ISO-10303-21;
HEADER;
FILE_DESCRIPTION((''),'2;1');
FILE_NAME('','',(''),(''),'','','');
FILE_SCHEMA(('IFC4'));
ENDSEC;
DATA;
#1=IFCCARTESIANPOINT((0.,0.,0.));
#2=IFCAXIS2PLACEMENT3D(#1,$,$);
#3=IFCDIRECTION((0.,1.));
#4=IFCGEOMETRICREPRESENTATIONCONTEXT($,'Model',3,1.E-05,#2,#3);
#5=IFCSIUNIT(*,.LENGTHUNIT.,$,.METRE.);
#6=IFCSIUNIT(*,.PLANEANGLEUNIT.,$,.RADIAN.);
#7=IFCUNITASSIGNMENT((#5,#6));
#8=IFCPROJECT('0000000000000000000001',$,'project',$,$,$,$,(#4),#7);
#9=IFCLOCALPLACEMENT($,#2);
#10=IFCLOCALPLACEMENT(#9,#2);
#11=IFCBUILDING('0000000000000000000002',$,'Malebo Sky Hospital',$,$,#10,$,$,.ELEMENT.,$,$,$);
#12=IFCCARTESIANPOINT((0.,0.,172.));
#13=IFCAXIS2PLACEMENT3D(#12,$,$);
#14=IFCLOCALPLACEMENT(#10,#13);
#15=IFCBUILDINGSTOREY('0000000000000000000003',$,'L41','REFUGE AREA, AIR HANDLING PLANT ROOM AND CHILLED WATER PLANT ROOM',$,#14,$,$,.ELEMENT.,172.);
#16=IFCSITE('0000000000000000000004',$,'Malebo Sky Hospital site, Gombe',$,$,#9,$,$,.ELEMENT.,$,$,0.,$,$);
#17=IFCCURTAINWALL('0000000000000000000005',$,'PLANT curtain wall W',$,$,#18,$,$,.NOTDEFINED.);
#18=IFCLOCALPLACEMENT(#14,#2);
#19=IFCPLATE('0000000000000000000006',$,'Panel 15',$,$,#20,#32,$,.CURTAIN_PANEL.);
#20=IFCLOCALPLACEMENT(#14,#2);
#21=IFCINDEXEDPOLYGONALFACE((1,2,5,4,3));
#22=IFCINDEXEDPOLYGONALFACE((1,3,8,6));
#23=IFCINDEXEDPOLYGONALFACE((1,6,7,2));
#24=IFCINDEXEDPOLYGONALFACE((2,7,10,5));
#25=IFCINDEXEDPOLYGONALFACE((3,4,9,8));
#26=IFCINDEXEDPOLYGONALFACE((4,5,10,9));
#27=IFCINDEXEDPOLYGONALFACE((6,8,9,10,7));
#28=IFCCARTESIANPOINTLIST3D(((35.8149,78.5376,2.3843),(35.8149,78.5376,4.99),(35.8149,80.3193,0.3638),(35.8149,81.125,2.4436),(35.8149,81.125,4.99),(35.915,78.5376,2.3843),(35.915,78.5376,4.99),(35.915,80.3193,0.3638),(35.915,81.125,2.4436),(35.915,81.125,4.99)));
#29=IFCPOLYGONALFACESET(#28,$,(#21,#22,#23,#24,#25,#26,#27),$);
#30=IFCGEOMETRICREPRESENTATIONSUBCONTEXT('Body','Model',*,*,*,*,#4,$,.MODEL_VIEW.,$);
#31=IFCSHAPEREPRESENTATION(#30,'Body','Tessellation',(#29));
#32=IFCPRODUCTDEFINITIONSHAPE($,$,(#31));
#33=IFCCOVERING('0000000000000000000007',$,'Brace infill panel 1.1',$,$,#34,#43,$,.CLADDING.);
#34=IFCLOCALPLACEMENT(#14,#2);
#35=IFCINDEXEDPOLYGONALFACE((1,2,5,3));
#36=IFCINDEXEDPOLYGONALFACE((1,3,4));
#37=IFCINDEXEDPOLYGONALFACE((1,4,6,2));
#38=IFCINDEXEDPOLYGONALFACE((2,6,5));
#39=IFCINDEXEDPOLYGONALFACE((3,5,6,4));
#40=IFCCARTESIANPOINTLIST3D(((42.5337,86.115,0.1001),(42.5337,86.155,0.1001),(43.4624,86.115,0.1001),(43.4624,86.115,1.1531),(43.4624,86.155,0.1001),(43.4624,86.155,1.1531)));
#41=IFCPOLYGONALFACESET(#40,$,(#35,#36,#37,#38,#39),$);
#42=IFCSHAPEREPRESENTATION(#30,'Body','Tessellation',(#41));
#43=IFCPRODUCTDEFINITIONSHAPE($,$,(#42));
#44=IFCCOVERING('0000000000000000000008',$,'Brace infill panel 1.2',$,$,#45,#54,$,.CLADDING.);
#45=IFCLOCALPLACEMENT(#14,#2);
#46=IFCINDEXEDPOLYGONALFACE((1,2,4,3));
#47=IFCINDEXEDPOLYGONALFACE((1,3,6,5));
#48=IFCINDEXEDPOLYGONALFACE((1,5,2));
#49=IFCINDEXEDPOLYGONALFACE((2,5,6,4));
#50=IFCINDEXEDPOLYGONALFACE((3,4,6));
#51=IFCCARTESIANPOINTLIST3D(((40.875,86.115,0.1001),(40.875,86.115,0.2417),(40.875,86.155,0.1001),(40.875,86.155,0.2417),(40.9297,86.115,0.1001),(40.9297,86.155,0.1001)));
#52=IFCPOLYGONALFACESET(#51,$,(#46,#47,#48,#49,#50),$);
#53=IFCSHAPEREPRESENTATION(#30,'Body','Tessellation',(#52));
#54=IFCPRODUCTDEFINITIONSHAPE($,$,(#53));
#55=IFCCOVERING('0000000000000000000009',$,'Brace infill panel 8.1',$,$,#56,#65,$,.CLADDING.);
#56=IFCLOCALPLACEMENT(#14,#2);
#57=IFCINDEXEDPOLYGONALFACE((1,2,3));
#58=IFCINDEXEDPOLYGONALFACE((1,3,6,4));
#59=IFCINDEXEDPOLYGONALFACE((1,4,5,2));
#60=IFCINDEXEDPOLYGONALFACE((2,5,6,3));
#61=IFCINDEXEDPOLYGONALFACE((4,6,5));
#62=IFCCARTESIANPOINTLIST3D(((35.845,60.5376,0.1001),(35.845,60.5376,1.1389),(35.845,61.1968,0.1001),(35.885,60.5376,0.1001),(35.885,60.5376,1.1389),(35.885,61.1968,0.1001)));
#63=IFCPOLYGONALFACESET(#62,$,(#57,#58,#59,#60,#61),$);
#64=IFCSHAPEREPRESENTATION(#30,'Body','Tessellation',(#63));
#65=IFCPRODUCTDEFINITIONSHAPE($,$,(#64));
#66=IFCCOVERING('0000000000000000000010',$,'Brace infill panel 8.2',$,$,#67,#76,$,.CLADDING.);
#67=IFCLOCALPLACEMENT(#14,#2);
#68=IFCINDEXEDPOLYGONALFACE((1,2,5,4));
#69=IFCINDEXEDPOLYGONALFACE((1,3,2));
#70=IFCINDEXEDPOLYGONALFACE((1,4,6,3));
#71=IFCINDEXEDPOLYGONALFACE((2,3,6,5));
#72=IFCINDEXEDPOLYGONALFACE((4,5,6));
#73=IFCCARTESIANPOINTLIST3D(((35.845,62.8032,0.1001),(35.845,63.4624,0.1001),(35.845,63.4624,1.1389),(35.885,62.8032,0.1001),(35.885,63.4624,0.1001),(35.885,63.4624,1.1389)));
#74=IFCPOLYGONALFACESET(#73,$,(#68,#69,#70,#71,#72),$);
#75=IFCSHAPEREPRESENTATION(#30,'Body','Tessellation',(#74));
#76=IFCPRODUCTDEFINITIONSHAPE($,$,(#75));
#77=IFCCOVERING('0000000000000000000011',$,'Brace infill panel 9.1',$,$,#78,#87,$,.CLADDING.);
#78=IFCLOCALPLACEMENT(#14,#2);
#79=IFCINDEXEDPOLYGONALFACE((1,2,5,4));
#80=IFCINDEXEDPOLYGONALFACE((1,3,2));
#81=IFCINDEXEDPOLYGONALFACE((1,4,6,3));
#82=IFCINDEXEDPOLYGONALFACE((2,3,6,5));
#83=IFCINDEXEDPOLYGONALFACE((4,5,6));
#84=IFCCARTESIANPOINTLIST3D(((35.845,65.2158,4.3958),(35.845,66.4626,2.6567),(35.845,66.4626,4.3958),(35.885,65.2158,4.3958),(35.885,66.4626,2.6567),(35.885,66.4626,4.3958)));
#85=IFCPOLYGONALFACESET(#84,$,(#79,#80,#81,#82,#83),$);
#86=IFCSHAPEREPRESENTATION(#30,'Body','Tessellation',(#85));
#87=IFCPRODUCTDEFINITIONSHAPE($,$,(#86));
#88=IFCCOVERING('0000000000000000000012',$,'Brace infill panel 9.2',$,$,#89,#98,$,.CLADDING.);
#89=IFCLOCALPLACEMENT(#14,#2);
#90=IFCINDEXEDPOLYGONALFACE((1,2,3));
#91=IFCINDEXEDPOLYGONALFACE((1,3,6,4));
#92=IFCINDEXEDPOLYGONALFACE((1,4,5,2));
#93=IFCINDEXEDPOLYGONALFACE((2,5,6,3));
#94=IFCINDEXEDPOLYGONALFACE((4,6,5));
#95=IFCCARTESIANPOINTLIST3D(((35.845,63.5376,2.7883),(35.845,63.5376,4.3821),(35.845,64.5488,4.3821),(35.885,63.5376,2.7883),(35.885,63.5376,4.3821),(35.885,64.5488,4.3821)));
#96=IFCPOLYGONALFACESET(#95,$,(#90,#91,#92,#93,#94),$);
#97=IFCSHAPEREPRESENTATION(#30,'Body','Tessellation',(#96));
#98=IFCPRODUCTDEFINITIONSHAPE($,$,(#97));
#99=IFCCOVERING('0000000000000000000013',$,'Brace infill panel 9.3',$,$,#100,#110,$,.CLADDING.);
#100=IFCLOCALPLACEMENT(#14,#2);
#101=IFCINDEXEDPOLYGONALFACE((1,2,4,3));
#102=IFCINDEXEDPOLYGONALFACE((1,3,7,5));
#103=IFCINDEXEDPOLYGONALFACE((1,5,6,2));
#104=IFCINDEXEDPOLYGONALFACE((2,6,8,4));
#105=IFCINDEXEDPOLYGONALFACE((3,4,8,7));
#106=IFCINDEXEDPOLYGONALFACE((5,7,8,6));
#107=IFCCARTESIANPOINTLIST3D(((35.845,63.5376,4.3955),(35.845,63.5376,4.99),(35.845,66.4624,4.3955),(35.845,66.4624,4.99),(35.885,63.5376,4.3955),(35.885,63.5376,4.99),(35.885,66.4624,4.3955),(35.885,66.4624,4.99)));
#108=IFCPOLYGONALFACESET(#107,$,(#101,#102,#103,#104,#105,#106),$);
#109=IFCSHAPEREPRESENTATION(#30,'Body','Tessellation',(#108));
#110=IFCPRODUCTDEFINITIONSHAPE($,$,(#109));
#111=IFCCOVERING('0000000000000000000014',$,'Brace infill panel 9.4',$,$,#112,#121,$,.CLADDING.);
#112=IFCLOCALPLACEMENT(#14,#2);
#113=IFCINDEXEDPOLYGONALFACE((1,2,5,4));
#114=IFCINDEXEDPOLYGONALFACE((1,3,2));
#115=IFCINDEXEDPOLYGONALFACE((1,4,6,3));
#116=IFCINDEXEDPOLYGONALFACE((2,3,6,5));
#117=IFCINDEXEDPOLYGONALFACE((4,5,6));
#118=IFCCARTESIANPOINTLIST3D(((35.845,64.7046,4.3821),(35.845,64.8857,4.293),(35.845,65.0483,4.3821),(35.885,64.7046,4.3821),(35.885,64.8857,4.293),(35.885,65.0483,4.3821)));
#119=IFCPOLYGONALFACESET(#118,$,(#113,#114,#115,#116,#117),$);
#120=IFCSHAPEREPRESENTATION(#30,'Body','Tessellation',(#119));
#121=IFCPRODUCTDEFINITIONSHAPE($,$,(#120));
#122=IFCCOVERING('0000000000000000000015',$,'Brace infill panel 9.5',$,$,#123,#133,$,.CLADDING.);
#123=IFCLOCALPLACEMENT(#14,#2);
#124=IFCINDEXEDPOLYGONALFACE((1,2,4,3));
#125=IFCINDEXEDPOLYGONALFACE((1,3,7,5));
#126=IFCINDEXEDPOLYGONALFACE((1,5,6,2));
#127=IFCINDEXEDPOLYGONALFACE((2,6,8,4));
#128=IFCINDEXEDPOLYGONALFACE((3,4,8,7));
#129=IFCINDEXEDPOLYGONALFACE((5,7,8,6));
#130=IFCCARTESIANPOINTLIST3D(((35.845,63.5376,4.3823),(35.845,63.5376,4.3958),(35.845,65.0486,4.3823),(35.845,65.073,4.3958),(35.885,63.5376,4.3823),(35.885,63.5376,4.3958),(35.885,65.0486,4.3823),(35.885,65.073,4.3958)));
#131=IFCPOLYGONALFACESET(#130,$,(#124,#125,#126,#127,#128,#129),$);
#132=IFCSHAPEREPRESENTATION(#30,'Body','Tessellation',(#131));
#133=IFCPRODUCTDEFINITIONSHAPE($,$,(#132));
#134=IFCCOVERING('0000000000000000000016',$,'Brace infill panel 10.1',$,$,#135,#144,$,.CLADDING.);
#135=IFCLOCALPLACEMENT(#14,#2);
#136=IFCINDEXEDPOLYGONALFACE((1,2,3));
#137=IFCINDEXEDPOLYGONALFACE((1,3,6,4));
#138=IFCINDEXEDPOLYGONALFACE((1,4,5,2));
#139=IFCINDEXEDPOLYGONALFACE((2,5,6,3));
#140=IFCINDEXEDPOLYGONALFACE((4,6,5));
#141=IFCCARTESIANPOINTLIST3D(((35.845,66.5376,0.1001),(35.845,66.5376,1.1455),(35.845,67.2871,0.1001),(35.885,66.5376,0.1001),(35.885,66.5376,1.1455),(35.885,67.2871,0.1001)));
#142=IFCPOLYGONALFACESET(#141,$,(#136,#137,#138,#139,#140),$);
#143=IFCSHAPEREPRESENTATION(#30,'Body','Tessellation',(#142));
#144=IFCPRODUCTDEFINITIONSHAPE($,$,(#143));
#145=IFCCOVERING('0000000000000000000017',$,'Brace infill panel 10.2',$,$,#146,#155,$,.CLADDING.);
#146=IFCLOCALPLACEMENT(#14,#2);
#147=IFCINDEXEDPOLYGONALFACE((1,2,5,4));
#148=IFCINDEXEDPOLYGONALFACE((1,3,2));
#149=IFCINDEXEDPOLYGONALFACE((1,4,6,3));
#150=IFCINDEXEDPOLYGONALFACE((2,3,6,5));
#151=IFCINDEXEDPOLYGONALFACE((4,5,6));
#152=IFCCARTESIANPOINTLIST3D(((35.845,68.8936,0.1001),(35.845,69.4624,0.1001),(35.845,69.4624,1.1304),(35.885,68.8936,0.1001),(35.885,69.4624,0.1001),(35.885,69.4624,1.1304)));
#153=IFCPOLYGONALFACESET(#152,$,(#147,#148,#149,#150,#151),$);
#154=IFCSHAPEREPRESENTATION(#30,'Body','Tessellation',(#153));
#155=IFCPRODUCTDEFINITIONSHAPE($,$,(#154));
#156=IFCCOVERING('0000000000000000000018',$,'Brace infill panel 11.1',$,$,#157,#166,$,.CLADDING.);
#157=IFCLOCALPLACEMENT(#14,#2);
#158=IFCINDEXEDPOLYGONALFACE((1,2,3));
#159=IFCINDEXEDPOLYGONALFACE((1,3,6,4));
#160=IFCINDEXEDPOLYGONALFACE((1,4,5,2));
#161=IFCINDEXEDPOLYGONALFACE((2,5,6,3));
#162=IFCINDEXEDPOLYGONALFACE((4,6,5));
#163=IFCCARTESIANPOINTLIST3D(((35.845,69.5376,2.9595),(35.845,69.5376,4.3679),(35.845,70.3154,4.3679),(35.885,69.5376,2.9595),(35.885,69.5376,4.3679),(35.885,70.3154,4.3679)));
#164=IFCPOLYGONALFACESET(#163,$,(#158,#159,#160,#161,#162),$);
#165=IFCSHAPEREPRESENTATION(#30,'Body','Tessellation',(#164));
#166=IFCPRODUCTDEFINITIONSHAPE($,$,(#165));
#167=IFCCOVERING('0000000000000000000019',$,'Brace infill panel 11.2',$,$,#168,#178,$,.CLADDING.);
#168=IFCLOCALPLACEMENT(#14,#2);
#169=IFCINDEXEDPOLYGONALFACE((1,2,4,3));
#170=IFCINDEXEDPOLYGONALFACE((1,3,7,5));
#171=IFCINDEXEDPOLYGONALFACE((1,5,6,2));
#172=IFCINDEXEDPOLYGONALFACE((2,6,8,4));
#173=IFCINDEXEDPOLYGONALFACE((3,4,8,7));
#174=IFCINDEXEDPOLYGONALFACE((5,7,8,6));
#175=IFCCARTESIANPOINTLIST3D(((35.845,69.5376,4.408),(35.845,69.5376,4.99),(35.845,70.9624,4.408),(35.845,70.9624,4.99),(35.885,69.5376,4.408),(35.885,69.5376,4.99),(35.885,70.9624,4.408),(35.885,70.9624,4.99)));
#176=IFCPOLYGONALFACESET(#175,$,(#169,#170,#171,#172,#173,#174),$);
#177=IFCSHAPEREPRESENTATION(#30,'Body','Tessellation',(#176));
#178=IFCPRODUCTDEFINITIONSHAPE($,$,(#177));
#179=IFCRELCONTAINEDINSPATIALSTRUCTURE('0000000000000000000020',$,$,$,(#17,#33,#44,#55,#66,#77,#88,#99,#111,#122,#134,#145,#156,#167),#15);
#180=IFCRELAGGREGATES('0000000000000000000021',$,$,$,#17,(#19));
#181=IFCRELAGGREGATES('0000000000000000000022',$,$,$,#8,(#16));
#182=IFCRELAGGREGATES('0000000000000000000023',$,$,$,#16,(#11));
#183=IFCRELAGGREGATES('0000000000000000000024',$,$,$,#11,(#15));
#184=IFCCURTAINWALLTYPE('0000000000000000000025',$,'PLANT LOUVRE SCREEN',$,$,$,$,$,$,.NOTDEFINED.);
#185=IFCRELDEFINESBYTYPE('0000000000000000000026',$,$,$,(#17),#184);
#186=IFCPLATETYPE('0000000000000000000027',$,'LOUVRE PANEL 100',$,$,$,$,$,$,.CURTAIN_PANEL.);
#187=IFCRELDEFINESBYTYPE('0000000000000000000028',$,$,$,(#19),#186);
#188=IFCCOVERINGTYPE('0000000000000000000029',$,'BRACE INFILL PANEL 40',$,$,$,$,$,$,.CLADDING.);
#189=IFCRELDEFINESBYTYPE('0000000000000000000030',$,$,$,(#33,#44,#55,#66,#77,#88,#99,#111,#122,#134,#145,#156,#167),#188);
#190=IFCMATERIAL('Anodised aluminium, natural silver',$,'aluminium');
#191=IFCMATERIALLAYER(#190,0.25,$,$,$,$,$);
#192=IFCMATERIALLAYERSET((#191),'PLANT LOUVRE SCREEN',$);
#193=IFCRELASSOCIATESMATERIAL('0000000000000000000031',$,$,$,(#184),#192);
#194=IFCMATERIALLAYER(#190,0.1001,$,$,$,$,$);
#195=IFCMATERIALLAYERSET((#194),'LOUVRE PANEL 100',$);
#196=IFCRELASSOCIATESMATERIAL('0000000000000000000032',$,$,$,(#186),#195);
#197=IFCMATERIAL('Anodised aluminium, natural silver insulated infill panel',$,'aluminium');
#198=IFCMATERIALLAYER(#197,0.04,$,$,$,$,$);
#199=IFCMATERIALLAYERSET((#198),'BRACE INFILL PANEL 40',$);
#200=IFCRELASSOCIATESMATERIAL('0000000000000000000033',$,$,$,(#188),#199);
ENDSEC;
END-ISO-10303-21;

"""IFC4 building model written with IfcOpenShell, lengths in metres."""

from ifc_helpers import new_model, si_unit, direction, frame, origin, place, context, subcontext, project, spatial, polyline, outline, extrude, material, layer, layer_set, type_object, element, aggregate, save


model = new_model("IFC4")

# Units and contexts
model_context = context("Model", 3, precision=1e-05, world=origin(), true_north=direction((0.0, 1.0)))
body_context = subcontext(model_context, "Body", "Model", "MODEL_VIEW")
ifc_project = project(units=[si_unit("LENGTHUNIT", "METRE"), si_unit("PLANEANGLEUNIT", "RADIAN")], contexts=[model_context])

# Site, building, storey
site_placement = place(None, origin())
site = spatial("IfcSite", under=ifc_project, at=site_placement, Name="Malebo Sky Hospital site, Gombe", CompositionType="ELEMENT", RefElevation=0.0)
building_placement = place(site_placement, origin())
building = spatial("IfcBuilding", under=site, at=building_placement, Name="Malebo Sky Hospital", CompositionType="ELEMENT")
storey_placement = place(building_placement, frame((0.0, 0.0, 172.0)))
storey = spatial("IfcBuildingStorey", under=building, at=storey_placement, Name="L41", Description="REFUGE AREA, AIR HANDLING PLANT ROOM AND CHILLED WATER PLANT ROOM", CompositionType="ELEMENT", Elevation=172.0)

# Shared definitions
ifc_material_1 = material(Name="Anodised aluminium, natural silver", Category="aluminium")
ifc_layer_1 = layer(ifc_material_1, 0.25)
ifc_layer_set_1 = layer_set([ifc_layer_1], Name="PLANT LOUVRE SCREEN")
curtain_wall_type = type_object("IfcCurtainWallType", Name="PLANT LOUVRE SCREEN", PredefinedType="NOTDEFINED", material=ifc_layer_set_1)
ifc_layer_2 = layer(ifc_material_1, 0.1001)
ifc_layer_set_2 = layer_set([ifc_layer_2], Name="LOUVRE PANEL 100")
plate_type = type_object("IfcPlateType", Name="LOUVRE PANEL 100", PredefinedType="CURTAIN_PANEL", material=ifc_layer_set_2)

# Curtain wall, plate
curtain_wall_1_placement = place(storey_placement, origin())
curtain_wall_1 = element("IfcCurtainWall", 1, at=curtain_wall_1_placement, inside=storey, type_object=curtain_wall_type, Name="PLANT curtain wall W", PredefinedType="NOTDEFINED")
plate_1_placement = place(storey_placement, frame((35.865, 79.8313, 0.3638), z_axis=(0.0, 0.0, 1.0), x_axis=(0.0, 1.0, 0.0)))
plate_1 = element("IfcPlate", 2, at=plate_1_placement, type_object=plate_type, Name="Panel 15", PredefinedType="CURTAIN_PANEL", context=body_context, shape_type="SweptSolid", body=[
    extrude(outline(polyline([(0.488, 0.0), (1.2937, 2.0798), (1.2937, 4.6262), (-1.2937, 4.6262), (-1.2937, 2.0205), (0.488, 0.0)])), frame((0.0, 0.05, 0.0), z_axis=(0.0, -1.0, 0.0), x_axis=(1.0, 0.0, 0.0)), (0.0, 0.0, 1.0), 0.1001),
])
aggregate(curtain_wall_1, [plate_1])

# Coverings
ifc_material_2 = material(Name="Anodised aluminium, natural silver insulated infill panel", Category="aluminium")
ifc_layer_3 = layer(ifc_material_2, 0.04)
ifc_layer_set_3 = layer_set([ifc_layer_3], Name="BRACE INFILL PANEL 40")
covering_type = type_object("IfcCoveringType", Name="BRACE INFILL PANEL 40", PredefinedType="CLADDING", material=ifc_layer_set_3)
covering_1_placement = place(storey_placement, frame((42.998, 86.135, 0.1001), z_axis=(0.0, 0.0, 1.0), x_axis=(1.0, 0.0, 0.0)))
element("IfcCovering", 3, at=covering_1_placement, inside=storey, type_object=covering_type, Name="Brace infill panel 1.1", PredefinedType="CLADDING", context=body_context, shape_type="SweptSolid", body=[
    extrude(outline(polyline([(-0.4644, 0.0), (0.4644, 0.0), (0.4644, 1.053), (-0.4644, 0.0)])), frame((0.0, 0.02, 0.0), z_axis=(0.0, -1.0, 0.0), x_axis=(1.0, 0.0, 0.0)), (0.0, 0.0, 1.0), 0.04),
])
covering_2_placement = place(storey_placement, frame((40.9023, 86.135, 0.1001), z_axis=(0.0, 0.0, 1.0), x_axis=(1.0, 0.0, 0.0)))
element("IfcCovering", 4, at=covering_2_placement, inside=storey, type_object=covering_type, Name="Brace infill panel 1.2", PredefinedType="CLADDING", context=body_context, shape_type="SweptSolid", body=[
    extrude(outline(polyline([(-0.0273, 0.0), (0.0273, 0.0), (-0.0273, 0.1416), (-0.0273, 0.0)])), frame((0.0, 0.02, 0.0), z_axis=(0.0, -1.0, 0.0), x_axis=(1.0, 0.0, 0.0)), (0.0, 0.0, 1.0), 0.04),
])
covering_3_placement = place(storey_placement, frame((35.865, 60.8672, 0.1001), z_axis=(0.0, 0.0, 1.0), x_axis=(0.0, 1.0, 0.0)))
element("IfcCovering", 5, at=covering_3_placement, inside=storey, type_object=covering_type, Name="Brace infill panel 8.1", PredefinedType="CLADDING", context=body_context, shape_type="SweptSolid", body=[
    extrude(outline(polyline([(-0.3296, 0.0), (0.3296, 0.0), (-0.3296, 1.0388), (-0.3296, 0.0)])), frame((0.0, 0.02, 0.0), z_axis=(0.0, -1.0, 0.0), x_axis=(1.0, 0.0, 0.0)), (0.0, 0.0, 1.0), 0.04),
])
covering_4_placement = place(storey_placement, frame((35.865, 63.1328, 0.1001), z_axis=(0.0, 0.0, 1.0), x_axis=(0.0, 1.0, 0.0)))
element("IfcCovering", 6, at=covering_4_placement, inside=storey, type_object=covering_type, Name="Brace infill panel 8.2", PredefinedType="CLADDING", context=body_context, shape_type="SweptSolid", body=[
    extrude(outline(polyline([(-0.3296, 0.0), (0.3296, 0.0), (0.3296, 1.0388), (-0.3296, 0.0)])), frame((0.0, 0.02, 0.0), z_axis=(0.0, -1.0, 0.0), x_axis=(1.0, 0.0, 0.0)), (0.0, 0.0, 1.0), 0.04),
])
covering_5_placement = place(storey_placement, frame((35.865, 65.8391, 2.6567), z_axis=(0.0, 0.0, 1.0), x_axis=(0.0, 1.0, 0.0)))
element("IfcCovering", 7, at=covering_5_placement, inside=storey, type_object=covering_type, Name="Brace infill panel 9.1", PredefinedType="CLADDING", context=body_context, shape_type="SweptSolid", body=[
    extrude(outline(polyline([(0.6235, 0.0), (0.6235, 1.739), (-0.6233, 1.739), (0.6235, 0.0)])), frame((0.0, 0.02, 0.0), z_axis=(0.0, -1.0, 0.0), x_axis=(1.0, 0.0, 0.0)), (0.0, 0.0, 1.0), 0.04),
])
covering_6_placement = place(storey_placement, frame((35.865, 64.0432, 2.7883), z_axis=(0.0, 0.0, 1.0), x_axis=(0.0, 1.0, 0.0)))
element("IfcCovering", 8, at=covering_6_placement, inside=storey, type_object=covering_type, Name="Brace infill panel 9.2", PredefinedType="CLADDING", context=body_context, shape_type="SweptSolid", body=[
    extrude(outline(polyline([(-0.5056, 0.0), (0.5056, 1.5938), (-0.5056, 1.5938), (-0.5056, 0.0)])), frame((0.0, 0.02, 0.0), z_axis=(0.0, -1.0, 0.0), x_axis=(1.0, 0.0, 0.0)), (0.0, 0.0, 1.0), 0.04),
])
covering_7_placement = place(storey_placement, frame((35.865, 65.0, 4.3955), z_axis=(0.0, 0.0, 1.0), x_axis=(0.0, 1.0, 0.0)))
element("IfcCovering", 9, at=covering_7_placement, inside=storey, type_object=covering_type, Name="Brace infill panel 9.3", PredefinedType="CLADDING", context=body_context, shape_type="SweptSolid", body=[
    extrude(outline(polyline([(-1.4624, 0.0), (1.4624, 0.0), (1.4624, 0.5945), (-1.4624, 0.5945), (-1.4624, 0.0)])), frame((0.0, 0.02, 0.0), z_axis=(0.0, -1.0, 0.0), x_axis=(1.0, 0.0, 0.0)), (0.0, 0.0, 1.0), 0.04),
])
covering_8_placement = place(storey_placement, frame((35.865, 64.8765, 4.293), z_axis=(0.0, 0.0, 1.0), x_axis=(0.0, 1.0, 0.0)))
element("IfcCovering", 10, at=covering_8_placement, inside=storey, type_object=covering_type, Name="Brace infill panel 9.4", PredefinedType="CLADDING", context=body_context, shape_type="SweptSolid", body=[
    extrude(outline(polyline([(0.0093, 0.0), (0.1719, 0.0891), (-0.1719, 0.0891), (0.0093, 0.0)])), frame((0.0, 0.02, 0.0), z_axis=(0.0, -1.0, 0.0), x_axis=(1.0, 0.0, 0.0)), (0.0, 0.0, 1.0), 0.04),
])
covering_9_placement = place(storey_placement, frame((35.865, 64.3054, 4.3823), z_axis=(0.0, 0.0, 1.0), x_axis=(0.0, 1.0, 0.0)))
element("IfcCovering", 11, at=covering_9_placement, inside=storey, type_object=covering_type, Name="Brace infill panel 9.5", PredefinedType="CLADDING", context=body_context, shape_type="SweptSolid", body=[
    extrude(outline(polyline([(-0.7678, 0.0), (0.7432, 0.0), (0.7676, 0.0134), (-0.7678, 0.0134), (-0.7678, 0.0)])), frame((0.0, 0.02, 0.0), z_axis=(0.0, -1.0, 0.0), x_axis=(1.0, 0.0, 0.0)), (0.0, 0.0, 1.0), 0.04),
])
covering_10_placement = place(storey_placement, frame((35.865, 66.9124, 0.1001), z_axis=(0.0, 0.0, 1.0), x_axis=(0.0, 1.0, 0.0)))
element("IfcCovering", 12, at=covering_10_placement, inside=storey, type_object=covering_type, Name="Brace infill panel 10.1", PredefinedType="CLADDING", context=body_context, shape_type="SweptSolid", body=[
    extrude(outline(polyline([(-0.3748, 0.0), (0.3748, 0.0), (-0.3748, 1.0454), (-0.3748, 0.0)])), frame((0.0, 0.02, 0.0), z_axis=(0.0, -1.0, 0.0), x_axis=(1.0, 0.0, 0.0)), (0.0, 0.0, 1.0), 0.04),
])
covering_11_placement = place(storey_placement, frame((35.865, 69.178, 0.1001), z_axis=(0.0, 0.0, 1.0), x_axis=(0.0, 1.0, 0.0)))
element("IfcCovering", 13, at=covering_11_placement, inside=storey, type_object=covering_type, Name="Brace infill panel 10.2", PredefinedType="CLADDING", context=body_context, shape_type="SweptSolid", body=[
    extrude(outline(polyline([(-0.2844, 0.0), (0.2844, 0.0), (0.2844, 1.0303), (-0.2844, 0.0)])), frame((0.0, 0.02, 0.0), z_axis=(0.0, -1.0, 0.0), x_axis=(1.0, 0.0, 0.0)), (0.0, 0.0, 1.0), 0.04),
])
covering_12_placement = place(storey_placement, frame((35.865, 69.9265, 2.9595), z_axis=(0.0, 0.0, 1.0), x_axis=(0.0, 1.0, 0.0)))
element("IfcCovering", 14, at=covering_12_placement, inside=storey, type_object=covering_type, Name="Brace infill panel 11.1", PredefinedType="CLADDING", context=body_context, shape_type="SweptSolid", body=[
    extrude(outline(polyline([(-0.3889, 0.0), (0.3889, 1.4084), (-0.3889, 1.4084), (-0.3889, 0.0)])), frame((0.0, 0.02, 0.0), z_axis=(0.0, -1.0, 0.0), x_axis=(1.0, 0.0, 0.0)), (0.0, 0.0, 1.0), 0.04),
])
covering_13_placement = place(storey_placement, frame((35.865, 70.25, 4.408), z_axis=(0.0, 0.0, 1.0), x_axis=(0.0, 1.0, 0.0)))
element("IfcCovering", 15, at=covering_13_placement, inside=storey, type_object=covering_type, Name="Brace infill panel 11.2", PredefinedType="CLADDING", context=body_context, shape_type="SweptSolid", body=[
    extrude(outline(polyline([(-0.7124, 0.0), (0.7124, 0.0), (0.7124, 0.582), (-0.7124, 0.582), (-0.7124, 0.0)])), frame((0.0, 0.02, 0.0), z_axis=(0.0, -1.0, 0.0), x_axis=(1.0, 0.0, 0.0)), (0.0, 0.0, 1.0), 0.04),
])

save(model, "model.ifc")
